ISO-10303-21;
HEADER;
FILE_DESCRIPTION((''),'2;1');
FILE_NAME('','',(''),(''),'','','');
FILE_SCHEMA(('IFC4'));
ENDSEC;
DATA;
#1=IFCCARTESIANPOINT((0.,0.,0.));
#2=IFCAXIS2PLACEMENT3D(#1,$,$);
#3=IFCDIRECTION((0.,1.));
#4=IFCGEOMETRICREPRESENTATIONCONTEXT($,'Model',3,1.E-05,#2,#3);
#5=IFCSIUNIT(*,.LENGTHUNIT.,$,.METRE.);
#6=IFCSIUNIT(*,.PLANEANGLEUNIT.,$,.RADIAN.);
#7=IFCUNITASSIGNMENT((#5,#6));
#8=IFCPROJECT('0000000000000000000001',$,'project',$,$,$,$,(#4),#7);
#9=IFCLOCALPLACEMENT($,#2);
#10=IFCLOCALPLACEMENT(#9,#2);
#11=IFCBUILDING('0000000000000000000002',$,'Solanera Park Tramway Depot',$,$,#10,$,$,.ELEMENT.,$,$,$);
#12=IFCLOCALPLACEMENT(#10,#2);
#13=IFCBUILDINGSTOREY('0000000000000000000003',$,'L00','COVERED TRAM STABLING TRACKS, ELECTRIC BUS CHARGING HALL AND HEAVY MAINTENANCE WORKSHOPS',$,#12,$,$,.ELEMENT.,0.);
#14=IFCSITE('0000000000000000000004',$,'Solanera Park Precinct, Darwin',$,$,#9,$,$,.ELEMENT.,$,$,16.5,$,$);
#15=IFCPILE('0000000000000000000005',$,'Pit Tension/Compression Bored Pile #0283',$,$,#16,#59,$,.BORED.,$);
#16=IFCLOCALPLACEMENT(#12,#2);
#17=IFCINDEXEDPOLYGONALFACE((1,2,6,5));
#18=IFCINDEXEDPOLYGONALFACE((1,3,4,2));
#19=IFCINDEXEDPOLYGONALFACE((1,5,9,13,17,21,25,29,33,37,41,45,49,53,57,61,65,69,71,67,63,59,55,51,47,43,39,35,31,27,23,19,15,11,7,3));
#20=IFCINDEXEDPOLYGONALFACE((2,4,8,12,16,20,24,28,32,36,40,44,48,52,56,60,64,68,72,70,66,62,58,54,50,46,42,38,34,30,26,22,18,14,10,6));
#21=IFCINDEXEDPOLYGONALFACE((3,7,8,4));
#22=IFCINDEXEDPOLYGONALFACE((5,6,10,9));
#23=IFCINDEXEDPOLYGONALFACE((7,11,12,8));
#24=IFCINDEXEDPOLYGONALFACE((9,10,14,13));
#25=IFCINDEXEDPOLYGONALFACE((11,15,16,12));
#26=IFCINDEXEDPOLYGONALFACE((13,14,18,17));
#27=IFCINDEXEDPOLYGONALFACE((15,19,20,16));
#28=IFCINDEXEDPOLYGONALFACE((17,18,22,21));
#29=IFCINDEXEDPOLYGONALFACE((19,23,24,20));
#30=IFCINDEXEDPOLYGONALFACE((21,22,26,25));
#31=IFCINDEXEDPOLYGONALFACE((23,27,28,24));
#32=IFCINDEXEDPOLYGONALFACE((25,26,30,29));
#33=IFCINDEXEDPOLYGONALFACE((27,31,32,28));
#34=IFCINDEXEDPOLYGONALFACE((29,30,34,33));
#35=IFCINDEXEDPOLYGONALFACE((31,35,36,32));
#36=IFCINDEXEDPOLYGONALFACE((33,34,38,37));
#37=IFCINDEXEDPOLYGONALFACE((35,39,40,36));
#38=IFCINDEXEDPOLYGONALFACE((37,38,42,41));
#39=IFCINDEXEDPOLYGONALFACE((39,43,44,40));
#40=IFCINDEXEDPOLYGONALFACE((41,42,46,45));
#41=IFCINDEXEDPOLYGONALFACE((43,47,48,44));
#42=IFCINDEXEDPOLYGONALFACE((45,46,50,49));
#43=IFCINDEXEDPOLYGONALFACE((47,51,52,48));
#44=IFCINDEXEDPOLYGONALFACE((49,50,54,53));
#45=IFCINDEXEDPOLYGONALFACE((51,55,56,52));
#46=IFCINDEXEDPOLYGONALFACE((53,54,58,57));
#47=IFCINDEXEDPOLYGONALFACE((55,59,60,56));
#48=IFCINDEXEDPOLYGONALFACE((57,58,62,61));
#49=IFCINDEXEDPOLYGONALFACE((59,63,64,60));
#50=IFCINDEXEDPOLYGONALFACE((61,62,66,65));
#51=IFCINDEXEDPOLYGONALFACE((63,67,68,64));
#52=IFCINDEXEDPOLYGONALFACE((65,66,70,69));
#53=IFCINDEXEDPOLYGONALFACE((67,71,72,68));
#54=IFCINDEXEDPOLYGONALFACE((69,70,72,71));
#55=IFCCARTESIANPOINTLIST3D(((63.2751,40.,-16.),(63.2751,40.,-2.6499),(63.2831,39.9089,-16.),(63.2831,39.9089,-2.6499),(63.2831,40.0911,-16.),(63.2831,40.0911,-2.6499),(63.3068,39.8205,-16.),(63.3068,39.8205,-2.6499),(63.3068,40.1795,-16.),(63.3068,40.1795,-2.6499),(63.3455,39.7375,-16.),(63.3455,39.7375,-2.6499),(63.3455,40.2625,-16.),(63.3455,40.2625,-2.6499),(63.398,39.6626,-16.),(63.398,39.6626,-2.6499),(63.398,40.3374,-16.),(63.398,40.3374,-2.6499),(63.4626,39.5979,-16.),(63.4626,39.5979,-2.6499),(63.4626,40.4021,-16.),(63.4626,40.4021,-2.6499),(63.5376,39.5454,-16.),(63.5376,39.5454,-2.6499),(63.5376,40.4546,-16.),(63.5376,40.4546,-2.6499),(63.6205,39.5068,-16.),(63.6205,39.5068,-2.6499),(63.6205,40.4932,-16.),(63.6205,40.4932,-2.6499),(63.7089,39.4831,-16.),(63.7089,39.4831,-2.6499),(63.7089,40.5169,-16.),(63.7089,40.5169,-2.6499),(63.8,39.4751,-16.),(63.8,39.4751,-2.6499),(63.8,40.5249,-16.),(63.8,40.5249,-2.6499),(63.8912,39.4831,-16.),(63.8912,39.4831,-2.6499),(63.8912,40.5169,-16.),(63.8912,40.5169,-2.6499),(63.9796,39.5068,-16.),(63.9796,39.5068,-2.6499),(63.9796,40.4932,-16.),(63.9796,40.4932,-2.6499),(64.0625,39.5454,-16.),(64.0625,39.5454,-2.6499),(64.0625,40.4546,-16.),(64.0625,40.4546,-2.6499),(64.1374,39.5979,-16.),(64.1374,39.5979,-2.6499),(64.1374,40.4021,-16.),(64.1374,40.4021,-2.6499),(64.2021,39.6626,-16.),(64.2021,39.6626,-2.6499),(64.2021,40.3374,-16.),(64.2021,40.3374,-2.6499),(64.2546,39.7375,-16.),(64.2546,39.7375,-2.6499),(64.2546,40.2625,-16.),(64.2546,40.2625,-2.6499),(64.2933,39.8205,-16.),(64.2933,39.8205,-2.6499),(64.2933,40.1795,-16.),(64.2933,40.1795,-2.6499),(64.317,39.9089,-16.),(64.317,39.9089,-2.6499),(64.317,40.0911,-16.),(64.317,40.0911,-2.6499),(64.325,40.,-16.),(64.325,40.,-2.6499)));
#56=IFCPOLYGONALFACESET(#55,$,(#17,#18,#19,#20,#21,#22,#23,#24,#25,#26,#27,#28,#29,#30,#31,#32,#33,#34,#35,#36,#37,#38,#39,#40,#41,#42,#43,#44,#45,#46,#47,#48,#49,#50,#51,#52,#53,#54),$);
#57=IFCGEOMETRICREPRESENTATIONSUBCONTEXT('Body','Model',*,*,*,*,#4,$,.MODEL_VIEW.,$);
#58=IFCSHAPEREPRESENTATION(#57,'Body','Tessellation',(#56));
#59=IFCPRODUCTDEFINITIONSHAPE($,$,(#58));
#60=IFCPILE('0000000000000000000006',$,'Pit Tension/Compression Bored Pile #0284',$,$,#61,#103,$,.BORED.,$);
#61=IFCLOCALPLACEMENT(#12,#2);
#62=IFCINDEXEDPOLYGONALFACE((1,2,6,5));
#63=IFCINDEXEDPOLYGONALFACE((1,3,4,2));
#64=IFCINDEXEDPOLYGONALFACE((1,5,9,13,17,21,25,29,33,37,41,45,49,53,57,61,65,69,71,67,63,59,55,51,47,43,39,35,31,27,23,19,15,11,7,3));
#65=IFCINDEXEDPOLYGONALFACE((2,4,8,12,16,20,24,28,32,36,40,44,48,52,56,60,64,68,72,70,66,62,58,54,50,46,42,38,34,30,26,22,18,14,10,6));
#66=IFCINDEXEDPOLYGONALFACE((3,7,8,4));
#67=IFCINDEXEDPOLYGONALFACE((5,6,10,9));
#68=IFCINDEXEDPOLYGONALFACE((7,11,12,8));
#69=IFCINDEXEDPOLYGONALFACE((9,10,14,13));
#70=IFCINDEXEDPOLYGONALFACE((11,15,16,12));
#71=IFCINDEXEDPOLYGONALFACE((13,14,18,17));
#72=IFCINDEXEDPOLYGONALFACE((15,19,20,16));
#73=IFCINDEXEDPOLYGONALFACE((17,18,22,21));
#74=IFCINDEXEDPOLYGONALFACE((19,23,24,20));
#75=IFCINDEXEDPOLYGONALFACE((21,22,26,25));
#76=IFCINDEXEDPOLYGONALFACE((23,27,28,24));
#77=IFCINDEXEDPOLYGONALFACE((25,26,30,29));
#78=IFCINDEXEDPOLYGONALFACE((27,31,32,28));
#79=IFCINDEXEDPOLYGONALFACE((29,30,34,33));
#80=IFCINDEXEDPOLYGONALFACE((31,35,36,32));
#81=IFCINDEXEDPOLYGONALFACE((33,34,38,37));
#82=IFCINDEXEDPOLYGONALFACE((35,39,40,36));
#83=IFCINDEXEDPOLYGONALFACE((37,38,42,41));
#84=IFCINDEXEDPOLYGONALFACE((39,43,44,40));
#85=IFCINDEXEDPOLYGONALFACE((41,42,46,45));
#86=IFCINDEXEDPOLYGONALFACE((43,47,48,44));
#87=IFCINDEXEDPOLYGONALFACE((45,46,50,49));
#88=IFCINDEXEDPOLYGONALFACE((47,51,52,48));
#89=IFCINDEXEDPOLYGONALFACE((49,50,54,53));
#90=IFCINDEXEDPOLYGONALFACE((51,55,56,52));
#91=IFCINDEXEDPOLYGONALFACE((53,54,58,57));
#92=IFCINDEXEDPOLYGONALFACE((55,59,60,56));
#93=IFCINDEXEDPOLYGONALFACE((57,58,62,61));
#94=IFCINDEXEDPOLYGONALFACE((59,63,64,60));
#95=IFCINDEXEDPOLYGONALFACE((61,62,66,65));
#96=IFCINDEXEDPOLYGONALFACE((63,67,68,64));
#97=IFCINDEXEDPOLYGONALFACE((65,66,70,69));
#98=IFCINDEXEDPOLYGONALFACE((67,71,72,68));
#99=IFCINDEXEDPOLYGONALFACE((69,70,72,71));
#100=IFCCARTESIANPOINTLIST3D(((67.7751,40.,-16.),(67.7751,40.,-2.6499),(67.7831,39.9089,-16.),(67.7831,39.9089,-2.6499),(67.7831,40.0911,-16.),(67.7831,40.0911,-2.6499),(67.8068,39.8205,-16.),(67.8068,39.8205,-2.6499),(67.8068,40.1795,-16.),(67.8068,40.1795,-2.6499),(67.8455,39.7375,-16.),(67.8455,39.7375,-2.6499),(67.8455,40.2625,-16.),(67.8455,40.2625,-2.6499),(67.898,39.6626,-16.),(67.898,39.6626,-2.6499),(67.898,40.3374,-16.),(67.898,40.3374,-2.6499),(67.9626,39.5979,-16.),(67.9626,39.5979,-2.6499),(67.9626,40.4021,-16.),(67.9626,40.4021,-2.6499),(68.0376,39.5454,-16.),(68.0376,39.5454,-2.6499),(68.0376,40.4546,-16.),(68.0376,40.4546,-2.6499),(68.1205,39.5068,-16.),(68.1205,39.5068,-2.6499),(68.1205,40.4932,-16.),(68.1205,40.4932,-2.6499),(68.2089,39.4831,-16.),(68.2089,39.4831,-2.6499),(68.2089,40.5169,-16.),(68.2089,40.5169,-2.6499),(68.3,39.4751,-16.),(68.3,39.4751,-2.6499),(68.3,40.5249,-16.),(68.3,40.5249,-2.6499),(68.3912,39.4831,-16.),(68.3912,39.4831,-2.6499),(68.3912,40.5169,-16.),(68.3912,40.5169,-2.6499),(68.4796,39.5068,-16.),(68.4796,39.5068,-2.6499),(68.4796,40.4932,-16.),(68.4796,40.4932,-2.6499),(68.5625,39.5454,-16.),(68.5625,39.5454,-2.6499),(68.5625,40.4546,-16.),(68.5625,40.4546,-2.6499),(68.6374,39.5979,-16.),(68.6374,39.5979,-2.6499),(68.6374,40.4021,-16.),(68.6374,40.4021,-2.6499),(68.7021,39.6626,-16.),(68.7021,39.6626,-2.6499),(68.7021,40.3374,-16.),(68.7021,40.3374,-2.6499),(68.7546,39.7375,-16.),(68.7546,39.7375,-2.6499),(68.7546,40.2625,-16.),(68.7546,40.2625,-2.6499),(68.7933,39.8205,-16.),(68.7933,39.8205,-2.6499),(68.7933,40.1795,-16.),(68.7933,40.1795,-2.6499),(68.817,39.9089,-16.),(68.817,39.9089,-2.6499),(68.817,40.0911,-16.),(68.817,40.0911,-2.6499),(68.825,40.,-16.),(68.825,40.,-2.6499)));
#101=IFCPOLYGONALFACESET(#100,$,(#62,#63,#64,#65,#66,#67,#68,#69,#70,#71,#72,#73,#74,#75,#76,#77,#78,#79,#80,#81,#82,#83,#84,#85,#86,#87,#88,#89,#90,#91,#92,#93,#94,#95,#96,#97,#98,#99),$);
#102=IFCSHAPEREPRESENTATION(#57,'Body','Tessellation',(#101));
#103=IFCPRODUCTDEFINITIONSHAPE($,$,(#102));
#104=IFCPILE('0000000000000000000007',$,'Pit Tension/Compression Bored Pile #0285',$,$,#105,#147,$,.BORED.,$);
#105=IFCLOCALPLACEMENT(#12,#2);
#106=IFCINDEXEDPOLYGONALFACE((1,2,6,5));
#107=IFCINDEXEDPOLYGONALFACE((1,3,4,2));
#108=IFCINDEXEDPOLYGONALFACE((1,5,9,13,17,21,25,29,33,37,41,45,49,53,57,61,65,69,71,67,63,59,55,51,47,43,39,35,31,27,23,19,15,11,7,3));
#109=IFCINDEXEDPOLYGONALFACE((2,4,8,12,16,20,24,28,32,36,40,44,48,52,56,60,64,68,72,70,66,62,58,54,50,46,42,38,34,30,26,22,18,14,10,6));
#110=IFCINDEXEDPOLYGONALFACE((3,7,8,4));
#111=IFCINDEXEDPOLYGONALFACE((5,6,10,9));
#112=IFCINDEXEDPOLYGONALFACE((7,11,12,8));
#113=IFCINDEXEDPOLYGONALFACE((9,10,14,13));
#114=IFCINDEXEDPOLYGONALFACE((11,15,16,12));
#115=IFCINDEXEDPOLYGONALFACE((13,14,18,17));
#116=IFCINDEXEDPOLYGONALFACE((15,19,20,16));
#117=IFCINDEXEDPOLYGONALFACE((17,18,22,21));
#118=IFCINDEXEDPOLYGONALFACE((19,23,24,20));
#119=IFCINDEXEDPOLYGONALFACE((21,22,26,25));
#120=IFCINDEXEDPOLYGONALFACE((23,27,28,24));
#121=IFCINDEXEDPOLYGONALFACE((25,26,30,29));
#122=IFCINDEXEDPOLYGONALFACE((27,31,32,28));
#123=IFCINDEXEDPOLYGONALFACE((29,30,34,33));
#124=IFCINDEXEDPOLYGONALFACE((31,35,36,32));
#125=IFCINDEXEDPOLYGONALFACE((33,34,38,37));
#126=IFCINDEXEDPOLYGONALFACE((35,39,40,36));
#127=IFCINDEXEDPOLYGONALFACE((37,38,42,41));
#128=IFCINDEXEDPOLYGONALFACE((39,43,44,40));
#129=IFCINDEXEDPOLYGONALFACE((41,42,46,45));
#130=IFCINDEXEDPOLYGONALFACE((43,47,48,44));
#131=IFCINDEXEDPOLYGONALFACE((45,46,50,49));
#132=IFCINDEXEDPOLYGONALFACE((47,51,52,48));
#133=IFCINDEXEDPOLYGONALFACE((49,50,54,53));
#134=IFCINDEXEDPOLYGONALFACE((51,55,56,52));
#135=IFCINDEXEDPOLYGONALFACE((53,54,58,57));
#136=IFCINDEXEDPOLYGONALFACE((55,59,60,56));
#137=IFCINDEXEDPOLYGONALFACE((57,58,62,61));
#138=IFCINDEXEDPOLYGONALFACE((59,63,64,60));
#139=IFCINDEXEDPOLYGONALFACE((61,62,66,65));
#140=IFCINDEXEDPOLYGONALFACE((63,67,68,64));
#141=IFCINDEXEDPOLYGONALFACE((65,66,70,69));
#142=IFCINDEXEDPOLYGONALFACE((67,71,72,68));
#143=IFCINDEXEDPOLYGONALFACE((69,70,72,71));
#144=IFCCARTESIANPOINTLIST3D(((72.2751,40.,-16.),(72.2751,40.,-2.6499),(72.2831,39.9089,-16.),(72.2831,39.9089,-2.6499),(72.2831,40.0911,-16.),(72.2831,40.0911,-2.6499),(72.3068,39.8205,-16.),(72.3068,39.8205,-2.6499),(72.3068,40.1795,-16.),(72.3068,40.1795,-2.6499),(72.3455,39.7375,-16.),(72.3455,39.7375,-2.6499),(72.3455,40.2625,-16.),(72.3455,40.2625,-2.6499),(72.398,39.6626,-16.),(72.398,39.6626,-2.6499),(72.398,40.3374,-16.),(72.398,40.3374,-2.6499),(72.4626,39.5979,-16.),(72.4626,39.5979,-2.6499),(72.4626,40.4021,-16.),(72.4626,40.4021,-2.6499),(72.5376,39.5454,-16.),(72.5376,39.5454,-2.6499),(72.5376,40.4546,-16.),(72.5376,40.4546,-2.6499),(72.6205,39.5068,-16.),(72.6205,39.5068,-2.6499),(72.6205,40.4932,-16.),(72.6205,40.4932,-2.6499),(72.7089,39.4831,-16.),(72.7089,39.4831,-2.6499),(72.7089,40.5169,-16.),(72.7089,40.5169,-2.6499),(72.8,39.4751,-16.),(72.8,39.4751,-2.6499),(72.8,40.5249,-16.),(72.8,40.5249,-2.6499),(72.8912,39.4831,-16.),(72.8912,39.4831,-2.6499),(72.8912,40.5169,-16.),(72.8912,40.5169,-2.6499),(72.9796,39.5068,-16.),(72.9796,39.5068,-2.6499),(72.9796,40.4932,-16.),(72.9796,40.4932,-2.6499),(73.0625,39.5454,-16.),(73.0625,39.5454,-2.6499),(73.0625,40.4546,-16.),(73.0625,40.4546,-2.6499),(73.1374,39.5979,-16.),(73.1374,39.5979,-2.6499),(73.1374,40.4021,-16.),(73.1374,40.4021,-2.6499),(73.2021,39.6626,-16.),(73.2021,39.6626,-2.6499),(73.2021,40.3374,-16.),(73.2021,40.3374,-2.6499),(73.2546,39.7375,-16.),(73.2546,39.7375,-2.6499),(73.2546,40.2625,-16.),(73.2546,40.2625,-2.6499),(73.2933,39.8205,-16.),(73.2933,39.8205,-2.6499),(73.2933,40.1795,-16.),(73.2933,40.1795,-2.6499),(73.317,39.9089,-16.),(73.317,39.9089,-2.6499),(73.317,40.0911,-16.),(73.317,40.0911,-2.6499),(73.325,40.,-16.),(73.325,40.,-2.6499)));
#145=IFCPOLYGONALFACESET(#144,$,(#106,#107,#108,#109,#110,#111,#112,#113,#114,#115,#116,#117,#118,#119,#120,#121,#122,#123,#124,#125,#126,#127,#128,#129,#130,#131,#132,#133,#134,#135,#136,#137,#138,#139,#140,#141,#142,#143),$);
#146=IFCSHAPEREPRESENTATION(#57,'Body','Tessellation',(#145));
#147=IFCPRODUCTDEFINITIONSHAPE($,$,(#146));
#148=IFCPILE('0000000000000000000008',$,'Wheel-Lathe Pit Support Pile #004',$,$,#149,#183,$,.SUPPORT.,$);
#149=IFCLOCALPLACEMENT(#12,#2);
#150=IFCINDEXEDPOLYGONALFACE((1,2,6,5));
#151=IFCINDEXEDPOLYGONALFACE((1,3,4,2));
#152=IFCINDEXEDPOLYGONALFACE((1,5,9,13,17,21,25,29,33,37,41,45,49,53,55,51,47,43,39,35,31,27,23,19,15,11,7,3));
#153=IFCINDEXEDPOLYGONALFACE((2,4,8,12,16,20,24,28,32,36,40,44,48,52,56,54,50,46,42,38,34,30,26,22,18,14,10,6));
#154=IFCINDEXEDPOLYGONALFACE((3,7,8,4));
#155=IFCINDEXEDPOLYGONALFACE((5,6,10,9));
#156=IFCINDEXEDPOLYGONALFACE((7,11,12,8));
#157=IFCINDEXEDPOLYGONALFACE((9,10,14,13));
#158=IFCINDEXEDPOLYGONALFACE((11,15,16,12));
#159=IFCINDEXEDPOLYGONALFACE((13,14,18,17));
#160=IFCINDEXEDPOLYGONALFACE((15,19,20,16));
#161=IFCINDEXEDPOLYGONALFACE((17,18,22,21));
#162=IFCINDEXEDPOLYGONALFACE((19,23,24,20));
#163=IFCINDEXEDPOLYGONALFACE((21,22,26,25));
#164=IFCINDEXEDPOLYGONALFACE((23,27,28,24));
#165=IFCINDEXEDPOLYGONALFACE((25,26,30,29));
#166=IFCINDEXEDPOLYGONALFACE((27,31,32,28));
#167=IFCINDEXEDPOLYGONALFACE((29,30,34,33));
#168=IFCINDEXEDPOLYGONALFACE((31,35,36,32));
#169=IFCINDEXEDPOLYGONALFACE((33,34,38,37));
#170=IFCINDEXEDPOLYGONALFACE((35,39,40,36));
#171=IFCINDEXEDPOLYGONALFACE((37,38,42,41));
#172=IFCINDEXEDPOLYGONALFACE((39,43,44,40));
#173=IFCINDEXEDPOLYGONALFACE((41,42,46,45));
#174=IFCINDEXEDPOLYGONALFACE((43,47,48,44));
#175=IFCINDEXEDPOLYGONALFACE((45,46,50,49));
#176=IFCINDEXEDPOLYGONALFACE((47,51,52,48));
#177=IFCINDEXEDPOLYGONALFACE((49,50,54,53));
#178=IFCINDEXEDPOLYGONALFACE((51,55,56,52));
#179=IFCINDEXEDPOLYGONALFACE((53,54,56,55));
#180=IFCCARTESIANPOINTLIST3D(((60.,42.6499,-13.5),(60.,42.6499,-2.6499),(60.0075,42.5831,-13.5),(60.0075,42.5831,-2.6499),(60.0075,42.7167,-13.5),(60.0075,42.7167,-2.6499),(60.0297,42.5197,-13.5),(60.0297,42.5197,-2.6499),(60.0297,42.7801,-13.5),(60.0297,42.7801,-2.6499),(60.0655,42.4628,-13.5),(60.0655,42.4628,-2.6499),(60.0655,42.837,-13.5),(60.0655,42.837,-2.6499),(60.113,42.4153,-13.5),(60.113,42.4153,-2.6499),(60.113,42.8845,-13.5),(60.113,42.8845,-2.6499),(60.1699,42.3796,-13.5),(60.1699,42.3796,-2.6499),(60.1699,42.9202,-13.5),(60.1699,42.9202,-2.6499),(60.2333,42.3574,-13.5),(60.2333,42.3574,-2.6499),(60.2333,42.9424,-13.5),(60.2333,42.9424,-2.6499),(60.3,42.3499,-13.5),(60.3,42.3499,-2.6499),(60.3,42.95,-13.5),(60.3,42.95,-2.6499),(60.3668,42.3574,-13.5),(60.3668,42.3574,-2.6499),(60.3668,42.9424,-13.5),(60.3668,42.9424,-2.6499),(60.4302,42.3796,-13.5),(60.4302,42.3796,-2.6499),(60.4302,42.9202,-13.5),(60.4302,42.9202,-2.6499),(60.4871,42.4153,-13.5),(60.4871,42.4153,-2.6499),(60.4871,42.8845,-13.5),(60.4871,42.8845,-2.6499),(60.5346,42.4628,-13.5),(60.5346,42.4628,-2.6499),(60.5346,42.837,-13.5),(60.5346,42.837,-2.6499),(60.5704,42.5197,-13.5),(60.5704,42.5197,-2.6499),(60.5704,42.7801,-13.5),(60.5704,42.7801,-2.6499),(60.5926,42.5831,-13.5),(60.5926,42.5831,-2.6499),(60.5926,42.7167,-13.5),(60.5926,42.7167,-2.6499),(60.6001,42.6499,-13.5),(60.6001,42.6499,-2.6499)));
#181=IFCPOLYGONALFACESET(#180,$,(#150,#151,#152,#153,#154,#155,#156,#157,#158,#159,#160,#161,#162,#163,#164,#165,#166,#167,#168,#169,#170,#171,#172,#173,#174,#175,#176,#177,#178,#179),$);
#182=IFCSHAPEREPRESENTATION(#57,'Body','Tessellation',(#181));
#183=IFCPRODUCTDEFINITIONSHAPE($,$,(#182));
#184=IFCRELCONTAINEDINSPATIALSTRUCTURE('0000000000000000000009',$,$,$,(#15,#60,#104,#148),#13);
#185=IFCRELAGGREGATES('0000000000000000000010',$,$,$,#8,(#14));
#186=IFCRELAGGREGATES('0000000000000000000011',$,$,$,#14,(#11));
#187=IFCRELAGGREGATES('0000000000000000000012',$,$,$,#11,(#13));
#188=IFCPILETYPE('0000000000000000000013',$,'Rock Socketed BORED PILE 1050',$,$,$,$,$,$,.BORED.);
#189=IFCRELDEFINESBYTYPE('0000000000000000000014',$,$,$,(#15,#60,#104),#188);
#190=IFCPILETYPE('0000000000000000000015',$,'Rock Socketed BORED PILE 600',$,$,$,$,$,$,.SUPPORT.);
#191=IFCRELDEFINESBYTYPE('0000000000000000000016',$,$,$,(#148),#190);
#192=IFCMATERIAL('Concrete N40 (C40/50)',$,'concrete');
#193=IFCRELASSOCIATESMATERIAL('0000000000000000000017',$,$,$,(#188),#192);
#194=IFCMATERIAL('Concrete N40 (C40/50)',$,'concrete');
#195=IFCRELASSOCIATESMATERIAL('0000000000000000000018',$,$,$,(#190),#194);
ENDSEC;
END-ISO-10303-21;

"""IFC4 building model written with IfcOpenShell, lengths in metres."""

from ifc_helpers import new_model, si_unit, direction, frame, origin, origin_2d, place, context, subcontext, project, spatial, circle, extrude, material, material_profile, profile_set, type_object, element, save


model = new_model("IFC4")

# Units and contexts
model_context = context("Model", 3, precision=1e-05, world=origin(), true_north=direction((0.0, 1.0)))
body_context = subcontext(model_context, "Body", "Model", "MODEL_VIEW")
ifc_project = project(units=[si_unit("LENGTHUNIT", "METRE"), si_unit("PLANEANGLEUNIT", "RADIAN")], contexts=[model_context])

# Site, building, storey
site_placement = place(None, origin())
site = spatial("IfcSite", under=ifc_project, at=site_placement, Name="Solanera Park Precinct, Darwin", CompositionType="ELEMENT", RefElevation=16.5)
building_placement = place(site_placement, origin())
building = spatial("IfcBuilding", under=site, at=building_placement, Name="Solanera Park Tramway Depot", CompositionType="ELEMENT")
storey_placement = place(building_placement, origin())
storey = spatial("IfcBuildingStorey", under=building, at=storey_placement, Name="L00", Description="COVERED TRAM STABLING TRACKS, ELECTRIC BUS CHARGING HALL AND HEAVY MAINTENANCE WORKSHOPS", CompositionType="ELEMENT", Elevation=0.0)

# Piles
ifc_material_1 = material(Name="Concrete N40 (C40/50)", Category="concrete")
ifc_material_profile_1 = material_profile(ifc_material_1, circle(Radius=0.5249, at=origin_2d()), Name="BORED PILE 1050")
ifc_profile_set_1 = profile_set([ifc_material_profile_1], Name="Concrete N40 (C40/50)")
pile_type_1 = type_object("IfcPileType", Name="Rock Socketed BORED PILE 1050", PredefinedType="BORED", material=ifc_profile_set_1)
for number, where, z_axis, x_axis, name in (
    (1, (63.8, 40.0, -2.6499), (0.0, 0.0, -1.0), (1.0, 0.0, 0.0), "Pit Tension/Compression Bored Pile #0283"),
    (2, (68.3, 40.0, -2.6499), (0.0, 0.0, -1.0), (1.0, 0.0, 0.0), "Pit Tension/Compression Bored Pile #0284"),
    (3, (72.8, 40.0, -2.6499), (0.0, 0.0, -1.0), (1.0, 0.0, 0.0), "Pit Tension/Compression Bored Pile #0285"),
):
    element("IfcPile", number, at=place(storey_placement, frame(where, z_axis=z_axis, x_axis=x_axis)), inside=storey, type_object=pile_type_1, Name=name, PredefinedType="BORED", context=body_context, shape_type="SweptSolid", body=[
        extrude(circle(Radius=0.5249, at=origin_2d()), origin(), (0.0, 0.0, 1.0), 13.3501),
    ])
ifc_material_2 = material(Name="Concrete N40 (C40/50)", Category="concrete")
ifc_material_profile_2 = material_profile(ifc_material_2, circle(Radius=0.3, at=origin_2d()), Name="BORED PILE 600")
ifc_profile_set_2 = profile_set([ifc_material_profile_2], Name="Concrete N40 (C40/50)")
pile_type_2 = type_object("IfcPileType", Name="Rock Socketed BORED PILE 600", PredefinedType="SUPPORT", material=ifc_profile_set_2)
for number, where, z_axis, x_axis, name in (
    (4, (60.3, 42.6499, -2.6499), (0.0, 0.0, -1.0), (1.0, 0.0, 0.0), "Wheel-Lathe Pit Support Pile #004"),
):
    element("IfcPile", number, at=place(storey_placement, frame(where, z_axis=z_axis, x_axis=x_axis)), inside=storey, type_object=pile_type_2, Name=name, PredefinedType="SUPPORT", context=body_context, shape_type="SweptSolid", body=[
        extrude(circle(Radius=0.3, at=origin_2d()), origin(), (0.0, 0.0, 1.0), 10.8501),
    ])

save(model, "model.ifc")
